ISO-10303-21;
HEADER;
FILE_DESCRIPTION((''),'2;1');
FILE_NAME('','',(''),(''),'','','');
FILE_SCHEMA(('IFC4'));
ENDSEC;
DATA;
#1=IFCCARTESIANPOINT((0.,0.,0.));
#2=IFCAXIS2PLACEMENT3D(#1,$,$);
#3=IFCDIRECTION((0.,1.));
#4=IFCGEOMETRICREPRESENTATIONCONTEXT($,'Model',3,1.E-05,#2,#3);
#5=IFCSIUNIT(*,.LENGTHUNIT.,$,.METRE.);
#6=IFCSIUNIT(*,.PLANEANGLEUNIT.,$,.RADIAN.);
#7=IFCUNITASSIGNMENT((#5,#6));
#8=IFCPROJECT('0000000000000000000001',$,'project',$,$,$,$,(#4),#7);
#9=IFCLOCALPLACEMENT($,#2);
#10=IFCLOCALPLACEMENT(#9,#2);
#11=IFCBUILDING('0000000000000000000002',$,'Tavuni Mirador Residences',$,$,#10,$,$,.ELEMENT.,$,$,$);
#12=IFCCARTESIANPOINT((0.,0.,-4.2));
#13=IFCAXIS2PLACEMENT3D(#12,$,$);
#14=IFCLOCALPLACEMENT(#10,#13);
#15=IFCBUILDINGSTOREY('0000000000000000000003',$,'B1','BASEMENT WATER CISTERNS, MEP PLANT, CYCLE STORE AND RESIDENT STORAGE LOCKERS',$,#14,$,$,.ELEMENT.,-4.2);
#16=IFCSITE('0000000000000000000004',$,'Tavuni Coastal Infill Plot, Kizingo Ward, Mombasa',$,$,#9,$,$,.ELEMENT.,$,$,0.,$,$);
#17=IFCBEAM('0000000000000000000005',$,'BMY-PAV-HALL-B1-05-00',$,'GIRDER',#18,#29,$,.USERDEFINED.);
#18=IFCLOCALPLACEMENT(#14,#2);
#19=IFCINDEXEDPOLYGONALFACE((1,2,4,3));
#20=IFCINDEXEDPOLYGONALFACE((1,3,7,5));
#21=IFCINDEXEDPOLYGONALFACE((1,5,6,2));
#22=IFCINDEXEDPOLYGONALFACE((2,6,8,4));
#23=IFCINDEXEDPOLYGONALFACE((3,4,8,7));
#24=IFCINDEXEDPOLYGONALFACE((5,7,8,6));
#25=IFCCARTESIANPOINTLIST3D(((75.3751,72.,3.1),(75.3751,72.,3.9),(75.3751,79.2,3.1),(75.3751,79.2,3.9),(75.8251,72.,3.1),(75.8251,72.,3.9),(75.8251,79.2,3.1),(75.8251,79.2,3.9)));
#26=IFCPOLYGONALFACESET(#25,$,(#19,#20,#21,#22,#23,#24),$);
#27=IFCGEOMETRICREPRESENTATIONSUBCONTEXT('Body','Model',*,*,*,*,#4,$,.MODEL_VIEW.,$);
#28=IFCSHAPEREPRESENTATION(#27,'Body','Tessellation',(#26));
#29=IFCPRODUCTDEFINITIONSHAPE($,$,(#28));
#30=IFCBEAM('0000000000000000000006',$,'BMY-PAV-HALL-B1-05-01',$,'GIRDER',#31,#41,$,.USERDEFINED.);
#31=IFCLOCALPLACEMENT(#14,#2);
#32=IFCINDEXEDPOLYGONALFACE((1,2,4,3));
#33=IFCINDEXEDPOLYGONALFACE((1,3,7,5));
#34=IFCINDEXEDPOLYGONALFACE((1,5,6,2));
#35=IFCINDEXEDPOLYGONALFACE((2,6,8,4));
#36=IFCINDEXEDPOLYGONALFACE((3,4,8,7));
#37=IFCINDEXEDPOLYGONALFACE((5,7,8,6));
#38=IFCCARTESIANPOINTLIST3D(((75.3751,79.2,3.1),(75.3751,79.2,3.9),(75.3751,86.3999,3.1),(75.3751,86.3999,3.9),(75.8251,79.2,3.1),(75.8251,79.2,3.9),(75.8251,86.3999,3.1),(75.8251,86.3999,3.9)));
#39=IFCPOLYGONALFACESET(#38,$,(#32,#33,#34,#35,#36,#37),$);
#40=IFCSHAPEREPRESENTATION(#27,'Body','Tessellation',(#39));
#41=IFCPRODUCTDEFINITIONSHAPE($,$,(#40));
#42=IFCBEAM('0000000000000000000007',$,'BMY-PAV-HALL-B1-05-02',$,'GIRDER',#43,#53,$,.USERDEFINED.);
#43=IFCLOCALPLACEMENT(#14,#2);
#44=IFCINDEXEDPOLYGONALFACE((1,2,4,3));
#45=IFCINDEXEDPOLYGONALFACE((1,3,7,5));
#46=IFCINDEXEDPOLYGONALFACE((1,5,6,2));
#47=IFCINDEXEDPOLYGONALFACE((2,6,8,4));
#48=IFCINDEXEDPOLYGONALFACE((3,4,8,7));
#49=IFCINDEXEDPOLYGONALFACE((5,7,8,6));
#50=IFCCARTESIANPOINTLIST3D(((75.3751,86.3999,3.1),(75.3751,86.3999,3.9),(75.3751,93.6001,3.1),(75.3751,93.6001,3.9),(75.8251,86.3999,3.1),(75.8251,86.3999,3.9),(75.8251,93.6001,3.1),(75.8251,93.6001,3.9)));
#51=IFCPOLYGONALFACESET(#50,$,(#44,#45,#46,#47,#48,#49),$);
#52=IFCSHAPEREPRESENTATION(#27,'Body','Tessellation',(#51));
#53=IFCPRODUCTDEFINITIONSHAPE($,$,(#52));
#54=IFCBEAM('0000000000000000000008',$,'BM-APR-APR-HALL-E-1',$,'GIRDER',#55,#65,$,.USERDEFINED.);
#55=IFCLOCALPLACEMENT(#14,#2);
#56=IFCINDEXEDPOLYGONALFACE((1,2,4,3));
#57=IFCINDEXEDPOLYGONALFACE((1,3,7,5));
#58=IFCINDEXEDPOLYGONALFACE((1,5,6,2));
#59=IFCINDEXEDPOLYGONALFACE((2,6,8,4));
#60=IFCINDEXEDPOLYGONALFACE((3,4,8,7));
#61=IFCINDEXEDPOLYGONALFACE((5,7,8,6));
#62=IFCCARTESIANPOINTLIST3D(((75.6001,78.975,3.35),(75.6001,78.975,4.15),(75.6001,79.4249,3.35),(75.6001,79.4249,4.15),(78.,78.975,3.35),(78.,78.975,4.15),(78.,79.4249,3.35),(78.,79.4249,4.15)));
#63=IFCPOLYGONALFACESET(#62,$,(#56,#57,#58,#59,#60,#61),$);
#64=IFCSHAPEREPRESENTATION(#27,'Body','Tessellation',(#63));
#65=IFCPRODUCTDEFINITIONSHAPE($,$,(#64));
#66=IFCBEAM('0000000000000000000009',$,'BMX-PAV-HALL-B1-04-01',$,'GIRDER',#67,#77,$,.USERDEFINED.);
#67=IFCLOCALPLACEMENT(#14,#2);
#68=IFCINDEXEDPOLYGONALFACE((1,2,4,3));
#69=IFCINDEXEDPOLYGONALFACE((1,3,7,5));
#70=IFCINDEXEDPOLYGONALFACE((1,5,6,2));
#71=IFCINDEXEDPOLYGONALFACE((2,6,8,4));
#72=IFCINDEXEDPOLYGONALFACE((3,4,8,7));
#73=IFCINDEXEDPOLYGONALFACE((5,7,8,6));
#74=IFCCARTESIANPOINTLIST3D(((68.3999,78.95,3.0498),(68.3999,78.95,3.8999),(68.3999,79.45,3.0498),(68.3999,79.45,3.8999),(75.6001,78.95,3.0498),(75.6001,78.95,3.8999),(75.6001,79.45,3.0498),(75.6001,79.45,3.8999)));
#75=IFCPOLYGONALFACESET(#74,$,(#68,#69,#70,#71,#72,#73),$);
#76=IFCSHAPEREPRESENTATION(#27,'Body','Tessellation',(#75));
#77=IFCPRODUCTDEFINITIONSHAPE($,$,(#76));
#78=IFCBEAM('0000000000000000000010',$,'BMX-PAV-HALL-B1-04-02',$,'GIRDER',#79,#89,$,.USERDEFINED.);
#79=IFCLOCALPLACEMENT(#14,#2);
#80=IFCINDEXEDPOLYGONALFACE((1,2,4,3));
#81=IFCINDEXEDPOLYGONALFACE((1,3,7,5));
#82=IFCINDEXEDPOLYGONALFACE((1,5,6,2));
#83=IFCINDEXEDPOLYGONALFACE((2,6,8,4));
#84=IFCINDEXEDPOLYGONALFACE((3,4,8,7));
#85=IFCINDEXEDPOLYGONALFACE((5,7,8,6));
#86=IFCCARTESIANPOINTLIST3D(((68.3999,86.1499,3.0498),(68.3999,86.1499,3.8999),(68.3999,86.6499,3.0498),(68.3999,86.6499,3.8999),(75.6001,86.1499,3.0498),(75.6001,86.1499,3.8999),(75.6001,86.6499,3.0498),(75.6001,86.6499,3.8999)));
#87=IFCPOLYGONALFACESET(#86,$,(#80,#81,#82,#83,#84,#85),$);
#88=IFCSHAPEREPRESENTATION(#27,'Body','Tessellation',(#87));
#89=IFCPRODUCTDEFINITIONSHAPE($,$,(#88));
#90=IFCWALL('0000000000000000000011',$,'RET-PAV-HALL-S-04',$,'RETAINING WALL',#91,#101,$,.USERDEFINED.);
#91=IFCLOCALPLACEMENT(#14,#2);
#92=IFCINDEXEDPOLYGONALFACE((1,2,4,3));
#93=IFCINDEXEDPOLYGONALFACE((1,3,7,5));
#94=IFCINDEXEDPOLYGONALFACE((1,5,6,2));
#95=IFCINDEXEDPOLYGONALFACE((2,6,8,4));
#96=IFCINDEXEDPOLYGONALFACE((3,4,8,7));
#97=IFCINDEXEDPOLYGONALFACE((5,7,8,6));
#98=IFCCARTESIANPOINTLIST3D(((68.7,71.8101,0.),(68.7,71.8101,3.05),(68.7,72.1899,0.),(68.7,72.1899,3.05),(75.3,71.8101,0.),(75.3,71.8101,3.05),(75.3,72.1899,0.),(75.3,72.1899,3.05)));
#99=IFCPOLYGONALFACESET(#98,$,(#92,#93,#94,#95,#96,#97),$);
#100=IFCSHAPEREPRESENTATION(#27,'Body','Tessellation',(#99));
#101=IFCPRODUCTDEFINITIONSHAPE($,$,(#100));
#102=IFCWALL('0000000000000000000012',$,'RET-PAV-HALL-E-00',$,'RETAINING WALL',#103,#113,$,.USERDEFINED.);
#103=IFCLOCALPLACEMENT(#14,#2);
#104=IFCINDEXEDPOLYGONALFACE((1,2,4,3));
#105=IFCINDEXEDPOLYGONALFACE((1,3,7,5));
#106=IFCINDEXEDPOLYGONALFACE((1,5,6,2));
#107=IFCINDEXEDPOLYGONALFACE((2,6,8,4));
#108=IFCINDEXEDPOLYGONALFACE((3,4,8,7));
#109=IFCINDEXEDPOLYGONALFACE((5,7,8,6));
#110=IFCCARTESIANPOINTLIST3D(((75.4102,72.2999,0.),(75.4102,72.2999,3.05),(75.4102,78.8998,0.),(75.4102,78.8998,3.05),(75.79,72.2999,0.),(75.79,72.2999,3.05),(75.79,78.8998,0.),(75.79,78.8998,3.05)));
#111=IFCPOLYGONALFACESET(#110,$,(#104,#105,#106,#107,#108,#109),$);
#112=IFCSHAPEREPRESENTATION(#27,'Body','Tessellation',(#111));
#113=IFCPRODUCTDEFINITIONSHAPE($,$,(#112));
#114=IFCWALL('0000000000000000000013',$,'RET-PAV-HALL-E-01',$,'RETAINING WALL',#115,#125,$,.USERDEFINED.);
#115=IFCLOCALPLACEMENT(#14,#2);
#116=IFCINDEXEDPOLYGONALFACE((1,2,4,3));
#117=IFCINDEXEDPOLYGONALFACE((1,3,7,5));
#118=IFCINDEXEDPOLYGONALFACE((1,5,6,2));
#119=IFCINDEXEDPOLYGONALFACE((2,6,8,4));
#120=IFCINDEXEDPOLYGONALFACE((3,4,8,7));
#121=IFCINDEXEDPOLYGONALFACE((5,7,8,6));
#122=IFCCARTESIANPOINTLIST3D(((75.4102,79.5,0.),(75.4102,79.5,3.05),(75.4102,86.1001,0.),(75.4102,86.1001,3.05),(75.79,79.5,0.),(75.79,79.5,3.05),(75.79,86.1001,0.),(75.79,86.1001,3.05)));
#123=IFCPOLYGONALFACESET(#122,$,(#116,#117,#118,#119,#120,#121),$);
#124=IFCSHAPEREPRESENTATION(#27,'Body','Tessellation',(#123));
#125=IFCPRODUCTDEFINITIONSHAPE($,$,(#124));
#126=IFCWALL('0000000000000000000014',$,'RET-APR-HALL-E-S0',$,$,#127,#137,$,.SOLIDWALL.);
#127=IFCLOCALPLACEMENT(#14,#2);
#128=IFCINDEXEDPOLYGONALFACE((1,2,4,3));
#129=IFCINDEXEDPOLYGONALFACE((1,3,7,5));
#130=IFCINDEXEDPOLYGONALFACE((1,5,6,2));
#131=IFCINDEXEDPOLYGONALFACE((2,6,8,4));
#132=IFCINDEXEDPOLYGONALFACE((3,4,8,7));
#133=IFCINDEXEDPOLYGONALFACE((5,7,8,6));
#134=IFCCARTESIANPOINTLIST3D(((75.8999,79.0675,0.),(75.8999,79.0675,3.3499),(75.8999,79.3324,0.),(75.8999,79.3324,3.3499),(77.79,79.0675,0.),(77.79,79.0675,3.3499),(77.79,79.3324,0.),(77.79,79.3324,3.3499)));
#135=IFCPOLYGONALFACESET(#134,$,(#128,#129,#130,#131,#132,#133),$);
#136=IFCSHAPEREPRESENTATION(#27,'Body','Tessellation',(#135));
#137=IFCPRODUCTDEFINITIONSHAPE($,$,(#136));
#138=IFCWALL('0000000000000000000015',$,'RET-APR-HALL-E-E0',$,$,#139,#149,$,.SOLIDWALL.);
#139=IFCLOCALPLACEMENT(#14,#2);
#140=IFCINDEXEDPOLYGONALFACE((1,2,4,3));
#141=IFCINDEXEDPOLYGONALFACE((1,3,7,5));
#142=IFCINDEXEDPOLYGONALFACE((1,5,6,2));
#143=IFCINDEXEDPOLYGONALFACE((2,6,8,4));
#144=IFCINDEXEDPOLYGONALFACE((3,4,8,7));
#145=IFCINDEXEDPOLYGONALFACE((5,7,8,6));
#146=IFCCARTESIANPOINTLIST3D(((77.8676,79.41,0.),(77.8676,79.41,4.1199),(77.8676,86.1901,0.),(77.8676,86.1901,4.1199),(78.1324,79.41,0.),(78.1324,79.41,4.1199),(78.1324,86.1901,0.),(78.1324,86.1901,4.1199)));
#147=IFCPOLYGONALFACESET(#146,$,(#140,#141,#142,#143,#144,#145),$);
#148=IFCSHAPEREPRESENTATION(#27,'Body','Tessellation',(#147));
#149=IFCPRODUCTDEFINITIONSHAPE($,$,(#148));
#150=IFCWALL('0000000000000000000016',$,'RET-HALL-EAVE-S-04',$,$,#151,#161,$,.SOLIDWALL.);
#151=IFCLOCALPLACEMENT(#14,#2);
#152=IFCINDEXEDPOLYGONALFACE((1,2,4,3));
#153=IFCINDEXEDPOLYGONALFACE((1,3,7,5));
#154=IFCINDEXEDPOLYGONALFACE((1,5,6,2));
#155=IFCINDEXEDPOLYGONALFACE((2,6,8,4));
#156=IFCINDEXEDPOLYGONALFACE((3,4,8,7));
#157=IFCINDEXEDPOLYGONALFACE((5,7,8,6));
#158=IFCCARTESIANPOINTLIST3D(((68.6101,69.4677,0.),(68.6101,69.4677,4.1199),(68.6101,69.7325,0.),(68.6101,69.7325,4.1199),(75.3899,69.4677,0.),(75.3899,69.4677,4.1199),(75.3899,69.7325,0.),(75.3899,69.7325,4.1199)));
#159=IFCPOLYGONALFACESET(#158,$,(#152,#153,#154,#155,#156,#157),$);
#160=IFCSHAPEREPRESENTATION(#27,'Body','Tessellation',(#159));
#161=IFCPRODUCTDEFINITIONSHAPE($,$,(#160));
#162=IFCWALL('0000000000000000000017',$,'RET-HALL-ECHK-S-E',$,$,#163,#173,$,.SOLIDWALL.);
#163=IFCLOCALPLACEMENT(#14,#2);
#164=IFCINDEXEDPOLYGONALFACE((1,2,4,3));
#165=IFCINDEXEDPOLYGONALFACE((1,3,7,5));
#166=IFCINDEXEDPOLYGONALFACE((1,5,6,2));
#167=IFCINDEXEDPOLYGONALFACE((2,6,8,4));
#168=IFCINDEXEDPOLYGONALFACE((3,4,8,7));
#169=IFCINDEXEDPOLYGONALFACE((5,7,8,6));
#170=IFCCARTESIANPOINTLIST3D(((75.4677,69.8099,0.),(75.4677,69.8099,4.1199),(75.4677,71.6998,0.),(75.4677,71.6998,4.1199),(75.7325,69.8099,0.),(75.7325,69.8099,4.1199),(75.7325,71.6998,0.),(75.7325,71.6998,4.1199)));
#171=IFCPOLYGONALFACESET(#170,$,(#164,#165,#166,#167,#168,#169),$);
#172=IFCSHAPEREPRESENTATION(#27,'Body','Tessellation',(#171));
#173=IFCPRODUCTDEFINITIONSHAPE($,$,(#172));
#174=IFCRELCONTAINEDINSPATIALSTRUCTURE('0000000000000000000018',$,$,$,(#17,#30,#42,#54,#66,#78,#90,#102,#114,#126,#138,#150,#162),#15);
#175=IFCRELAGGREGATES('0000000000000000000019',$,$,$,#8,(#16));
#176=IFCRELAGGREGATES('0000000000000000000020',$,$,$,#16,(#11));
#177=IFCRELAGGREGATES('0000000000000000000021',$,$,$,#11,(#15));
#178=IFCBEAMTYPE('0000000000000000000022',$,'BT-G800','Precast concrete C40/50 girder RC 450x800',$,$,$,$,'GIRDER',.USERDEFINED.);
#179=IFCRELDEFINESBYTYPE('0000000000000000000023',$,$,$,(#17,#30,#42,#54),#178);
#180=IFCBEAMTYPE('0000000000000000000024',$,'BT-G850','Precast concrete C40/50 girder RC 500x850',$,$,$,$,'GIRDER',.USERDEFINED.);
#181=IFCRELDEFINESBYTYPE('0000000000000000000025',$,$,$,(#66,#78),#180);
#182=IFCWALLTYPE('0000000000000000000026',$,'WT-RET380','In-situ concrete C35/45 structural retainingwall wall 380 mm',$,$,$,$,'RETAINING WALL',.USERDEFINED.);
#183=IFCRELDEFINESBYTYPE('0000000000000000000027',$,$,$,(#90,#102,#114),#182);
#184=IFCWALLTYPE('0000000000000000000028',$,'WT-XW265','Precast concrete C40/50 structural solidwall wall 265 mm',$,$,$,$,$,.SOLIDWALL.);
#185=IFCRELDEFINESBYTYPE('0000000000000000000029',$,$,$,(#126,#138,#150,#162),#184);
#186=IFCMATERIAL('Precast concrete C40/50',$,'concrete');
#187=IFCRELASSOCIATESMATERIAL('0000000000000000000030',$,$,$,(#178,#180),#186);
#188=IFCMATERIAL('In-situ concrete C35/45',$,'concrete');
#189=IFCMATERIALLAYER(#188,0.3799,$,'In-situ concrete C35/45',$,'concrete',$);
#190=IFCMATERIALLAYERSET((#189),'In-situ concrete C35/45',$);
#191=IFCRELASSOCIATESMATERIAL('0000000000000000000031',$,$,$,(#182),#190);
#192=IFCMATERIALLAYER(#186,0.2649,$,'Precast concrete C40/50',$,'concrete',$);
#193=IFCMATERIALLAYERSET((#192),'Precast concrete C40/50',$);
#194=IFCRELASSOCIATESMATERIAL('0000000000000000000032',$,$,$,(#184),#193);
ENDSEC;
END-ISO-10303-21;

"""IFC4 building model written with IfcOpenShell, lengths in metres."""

from ifc_helpers import new_model, si_unit, direction, frame, frame_2d, origin, origin_2d, place, context, subcontext, project, spatial, rectangle, extrude, material, layer, layer_set, material_profile, profile_set, type_object, element, save


model = new_model("IFC4")

# Units and contexts
model_context = context("Model", 3, precision=1e-05, world=origin(), true_north=direction((0.0, 1.0)))
body_context = subcontext(model_context, "Body", "Model", "MODEL_VIEW")
ifc_project = project(units=[si_unit("LENGTHUNIT", "METRE"), si_unit("PLANEANGLEUNIT", "RADIAN")], contexts=[model_context])

# Site, building, storey
site_placement = place(None, origin())
site = spatial("IfcSite", under=ifc_project, at=site_placement, Name="Tavuni Coastal Infill Plot, Kizingo Ward, Mombasa", CompositionType="ELEMENT", RefElevation=0.0)
building_placement = place(site_placement, origin())
building = spatial("IfcBuilding", under=site, at=building_placement, Name="Tavuni Mirador Residences", CompositionType="ELEMENT")
storey_placement = place(building_placement, frame((0.0, 0.0, -4.2)))
storey = spatial("IfcBuildingStorey", under=building, at=storey_placement, Name="B1", Description="BASEMENT WATER CISTERNS, MEP PLANT, CYCLE STORE AND RESIDENT STORAGE LOCKERS", CompositionType="ELEMENT", Elevation=-4.2)

# Shared definitions
ifc_material_1 = material(Name="In-situ concrete C35/45", Category="concrete")

# Shared definitions
ifc_material_2 = material(Name="Precast concrete C40/50", Category="concrete")

# Beams
ifc_material_profile_1 = material_profile(ifc_material_2, rectangle(XDim=0.45, YDim=0.8, at=origin_2d()), Name="RC 450x800", Category="concrete")
ifc_profile_set_1 = profile_set([ifc_material_profile_1], Name="Precast concrete C40/50")
beam_type_1 = type_object("IfcBeamType", Name="BT-G800", Description="Precast concrete C40/50 girder RC 450x800", ElementType="GIRDER", PredefinedType="USERDEFINED", material=ifc_profile_set_1)
for number, where, z_axis, x_axis, name in (
    (1, (75.6001, 72.0, 3.5), (0.0, 1.0, 0.0), (-1.0, 0.0, 0.0), "BMY-PAV-HALL-B1-05-00"),
    (2, (75.6001, 79.2, 3.5), (0.0, 1.0, 0.0), (-1.0, 0.0, 0.0), "BMY-PAV-HALL-B1-05-01"),
):
    element("IfcBeam", number, at=place(storey_placement, frame(where, z_axis=z_axis, x_axis=x_axis)), inside=storey, type_object=beam_type_1, Name=name, ObjectType="GIRDER", PredefinedType="USERDEFINED", context=body_context, shape_type="SweptSolid", body=[
        extrude(rectangle(XDim=0.45, YDim=0.8, at=origin_2d()), origin(), (0.0, 0.0, 1.0), 7.2),
    ])
beam_1_placement = place(storey_placement, frame((75.6001, 86.3999, 3.5), z_axis=(0.0, 1.0, 0.0), x_axis=(-1.0, 0.0, 0.0)))
element("IfcBeam", 3, at=beam_1_placement, inside=storey, type_object=beam_type_1, Name="BMY-PAV-HALL-B1-05-02", ObjectType="GIRDER", PredefinedType="USERDEFINED", context=body_context, shape_type="SweptSolid", body=[
    extrude(rectangle(XDim=0.45, YDim=0.8, at=origin_2d()), origin(), (0.0, 0.0, 1.0), 7.2002),
])
beam_2_placement = place(storey_placement, frame((75.6001, 79.2, 3.75), z_axis=(1.0, 0.0, 0.0), x_axis=(0.0, 1.0, 0.0)))
element("IfcBeam", 4, at=beam_2_placement, inside=storey, type_object=beam_type_1, Name="BM-APR-APR-HALL-E-1", ObjectType="GIRDER", PredefinedType="USERDEFINED", context=body_context, shape_type="SweptSolid", body=[
    extrude(rectangle(XDim=0.45, YDim=0.8, at=origin_2d()), origin(), (0.0, 0.0, 1.0), 2.3999),
])
ifc_material_profile_2 = material_profile(ifc_material_2, rectangle(XDim=0.5, YDim=0.8501, at=origin_2d()), Name="RC 500x850", Category="concrete")
ifc_profile_set_2 = profile_set([ifc_material_profile_2], Name="Precast concrete C40/50")
beam_type_2 = type_object("IfcBeamType", Name="BT-G850", Description="Precast concrete C40/50 girder RC 500x850", ElementType="GIRDER", PredefinedType="USERDEFINED", material=ifc_profile_set_2)
for number, where, z_axis, x_axis, name in (
    (5, (68.3999, 79.2, 3.4749), (1.0, 0.0, 0.0), (0.0, 1.0, 0.0), "BMX-PAV-HALL-B1-04-01"),
    (6, (68.3999, 86.3999, 3.4749), (1.0, 0.0, 0.0), (0.0, 1.0, 0.0), "BMX-PAV-HALL-B1-04-02"),
):
    element("IfcBeam", number, at=place(storey_placement, frame(where, z_axis=z_axis, x_axis=x_axis)), inside=storey, type_object=beam_type_2, Name=name, ObjectType="GIRDER", PredefinedType="USERDEFINED", context=body_context, shape_type="SweptSolid", body=[
        extrude(rectangle(XDim=0.5, YDim=0.8501, at=origin_2d()), origin(), (0.0, 0.0, 1.0), 7.2002),
    ])

# Walls
ifc_layer_1 = layer(ifc_material_1, 0.3799, Name="In-situ concrete C35/45", Category="concrete")
ifc_layer_set_1 = layer_set([ifc_layer_1], Name="In-situ concrete C35/45")
wall_type_1 = type_object("IfcWallType", Name="WT-RET380", Description="In-situ concrete C35/45 structural retainingwall wall 380 mm", ElementType="RETAINING WALL", PredefinedType="USERDEFINED", material=ifc_layer_set_1)
wall_1_placement = place(storey_placement, frame((68.7, 72.0, 0.0), z_axis=(0.0, 0.0, 1.0), x_axis=(1.0, 0.0, 0.0)))
element("IfcWall", 7, at=wall_1_placement, inside=storey, type_object=wall_type_1, Name="RET-PAV-HALL-S-04", ObjectType="RETAINING WALL", PredefinedType="USERDEFINED", context=body_context, shape_type="SweptSolid", body=[
    extrude(rectangle(XDim=6.6001, YDim=0.3799, at=frame_2d((3.3, 0.0))), origin(), (0.0, 0.0, 1.0), 3.05),
])
wall_2_placement = place(storey_placement, frame((75.6001, 72.3, 0.0), z_axis=(0.0, 0.0, 1.0), x_axis=(0.0, 1.0, 0.0)))
element("IfcWall", 8, at=wall_2_placement, inside=storey, type_object=wall_type_1, Name="RET-PAV-HALL-E-00", ObjectType="RETAINING WALL", PredefinedType="USERDEFINED", context=body_context, shape_type="SweptSolid", body=[
    extrude(rectangle(XDim=6.5999, YDim=0.3799, at=frame_2d((3.2998, 0.0))), origin(), (0.0, 0.0, 1.0), 3.05),
])
wall_3_placement = place(storey_placement, frame((75.6001, 79.5, 0.0), z_axis=(0.0, 0.0, 1.0), x_axis=(0.0, 1.0, 0.0)))
element("IfcWall", 9, at=wall_3_placement, inside=storey, type_object=wall_type_1, Name="RET-PAV-HALL-E-01", ObjectType="RETAINING WALL", PredefinedType="USERDEFINED", context=body_context, shape_type="SweptSolid", body=[
    extrude(rectangle(XDim=6.6001, YDim=0.3799, at=frame_2d((3.3, 0.0))), origin(), (0.0, 0.0, 1.0), 3.05),
])
ifc_layer_2 = layer(ifc_material_2, 0.2649, Name="Precast concrete C40/50", Category="concrete")
ifc_layer_set_2 = layer_set([ifc_layer_2], Name="Precast concrete C40/50")
wall_type_2 = type_object("IfcWallType", Name="WT-XW265", Description="Precast concrete C40/50 structural solidwall wall 265 mm", PredefinedType="SOLIDWALL", material=ifc_layer_set_2)
wall_4_placement = place(storey_placement, frame((75.8999, 79.2, 0.0), z_axis=(0.0, 0.0, 1.0), x_axis=(1.0, 0.0, 0.0)))
element("IfcWall", 10, at=wall_4_placement, inside=storey, type_object=wall_type_2, Name="RET-APR-HALL-E-S0", PredefinedType="SOLIDWALL", context=body_context, shape_type="SweptSolid", body=[
    extrude(rectangle(XDim=1.8901, YDim=0.2649, at=frame_2d((0.9451, 0.0))), origin(), (0.0, 0.0, 1.0), 3.3499),
])
wall_5_placement = place(storey_placement, frame((78.0, 79.4099, 0.0), z_axis=(0.0, 0.0, 1.0), x_axis=(0.0, 1.0, 0.0)))
element("IfcWall", 11, at=wall_5_placement, inside=storey, type_object=wall_type_2, Name="RET-APR-HALL-E-E0", PredefinedType="SOLIDWALL", context=body_context, shape_type="SweptSolid", body=[
    extrude(rectangle(XDim=6.78, YDim=0.2649, at=frame_2d((3.3901, 0.0))), origin(), (0.0, 0.0, 1.0), 4.1199),
])
wall_6_placement = place(storey_placement, frame((68.6101, 69.6001, 0.0), z_axis=(0.0, 0.0, 1.0), x_axis=(1.0, 0.0, 0.0)))
element("IfcWall", 12, at=wall_6_placement, inside=storey, type_object=wall_type_2, Name="RET-HALL-EAVE-S-04", PredefinedType="SOLIDWALL", context=body_context, shape_type="SweptSolid", body=[
    extrude(rectangle(XDim=6.7798, YDim=0.2649, at=frame_2d((3.3899, 0.0))), origin(), (0.0, 0.0, 1.0), 4.1199),
])
wall_7_placement = place(storey_placement, frame((75.6001, 69.8101, 0.0), z_axis=(0.0, 0.0, 1.0), x_axis=(0.0, 1.0, 0.0)))
element("IfcWall", 13, at=wall_7_placement, inside=storey, type_object=wall_type_2, Name="RET-HALL-ECHK-S-E", PredefinedType="SOLIDWALL", context=body_context, shape_type="SweptSolid", body=[
    extrude(rectangle(XDim=1.8899, YDim=0.2649, at=frame_2d((0.9448, 0.0))), origin(), (0.0, 0.0, 1.0), 4.1199),
])

save(model, "model.ifc")
